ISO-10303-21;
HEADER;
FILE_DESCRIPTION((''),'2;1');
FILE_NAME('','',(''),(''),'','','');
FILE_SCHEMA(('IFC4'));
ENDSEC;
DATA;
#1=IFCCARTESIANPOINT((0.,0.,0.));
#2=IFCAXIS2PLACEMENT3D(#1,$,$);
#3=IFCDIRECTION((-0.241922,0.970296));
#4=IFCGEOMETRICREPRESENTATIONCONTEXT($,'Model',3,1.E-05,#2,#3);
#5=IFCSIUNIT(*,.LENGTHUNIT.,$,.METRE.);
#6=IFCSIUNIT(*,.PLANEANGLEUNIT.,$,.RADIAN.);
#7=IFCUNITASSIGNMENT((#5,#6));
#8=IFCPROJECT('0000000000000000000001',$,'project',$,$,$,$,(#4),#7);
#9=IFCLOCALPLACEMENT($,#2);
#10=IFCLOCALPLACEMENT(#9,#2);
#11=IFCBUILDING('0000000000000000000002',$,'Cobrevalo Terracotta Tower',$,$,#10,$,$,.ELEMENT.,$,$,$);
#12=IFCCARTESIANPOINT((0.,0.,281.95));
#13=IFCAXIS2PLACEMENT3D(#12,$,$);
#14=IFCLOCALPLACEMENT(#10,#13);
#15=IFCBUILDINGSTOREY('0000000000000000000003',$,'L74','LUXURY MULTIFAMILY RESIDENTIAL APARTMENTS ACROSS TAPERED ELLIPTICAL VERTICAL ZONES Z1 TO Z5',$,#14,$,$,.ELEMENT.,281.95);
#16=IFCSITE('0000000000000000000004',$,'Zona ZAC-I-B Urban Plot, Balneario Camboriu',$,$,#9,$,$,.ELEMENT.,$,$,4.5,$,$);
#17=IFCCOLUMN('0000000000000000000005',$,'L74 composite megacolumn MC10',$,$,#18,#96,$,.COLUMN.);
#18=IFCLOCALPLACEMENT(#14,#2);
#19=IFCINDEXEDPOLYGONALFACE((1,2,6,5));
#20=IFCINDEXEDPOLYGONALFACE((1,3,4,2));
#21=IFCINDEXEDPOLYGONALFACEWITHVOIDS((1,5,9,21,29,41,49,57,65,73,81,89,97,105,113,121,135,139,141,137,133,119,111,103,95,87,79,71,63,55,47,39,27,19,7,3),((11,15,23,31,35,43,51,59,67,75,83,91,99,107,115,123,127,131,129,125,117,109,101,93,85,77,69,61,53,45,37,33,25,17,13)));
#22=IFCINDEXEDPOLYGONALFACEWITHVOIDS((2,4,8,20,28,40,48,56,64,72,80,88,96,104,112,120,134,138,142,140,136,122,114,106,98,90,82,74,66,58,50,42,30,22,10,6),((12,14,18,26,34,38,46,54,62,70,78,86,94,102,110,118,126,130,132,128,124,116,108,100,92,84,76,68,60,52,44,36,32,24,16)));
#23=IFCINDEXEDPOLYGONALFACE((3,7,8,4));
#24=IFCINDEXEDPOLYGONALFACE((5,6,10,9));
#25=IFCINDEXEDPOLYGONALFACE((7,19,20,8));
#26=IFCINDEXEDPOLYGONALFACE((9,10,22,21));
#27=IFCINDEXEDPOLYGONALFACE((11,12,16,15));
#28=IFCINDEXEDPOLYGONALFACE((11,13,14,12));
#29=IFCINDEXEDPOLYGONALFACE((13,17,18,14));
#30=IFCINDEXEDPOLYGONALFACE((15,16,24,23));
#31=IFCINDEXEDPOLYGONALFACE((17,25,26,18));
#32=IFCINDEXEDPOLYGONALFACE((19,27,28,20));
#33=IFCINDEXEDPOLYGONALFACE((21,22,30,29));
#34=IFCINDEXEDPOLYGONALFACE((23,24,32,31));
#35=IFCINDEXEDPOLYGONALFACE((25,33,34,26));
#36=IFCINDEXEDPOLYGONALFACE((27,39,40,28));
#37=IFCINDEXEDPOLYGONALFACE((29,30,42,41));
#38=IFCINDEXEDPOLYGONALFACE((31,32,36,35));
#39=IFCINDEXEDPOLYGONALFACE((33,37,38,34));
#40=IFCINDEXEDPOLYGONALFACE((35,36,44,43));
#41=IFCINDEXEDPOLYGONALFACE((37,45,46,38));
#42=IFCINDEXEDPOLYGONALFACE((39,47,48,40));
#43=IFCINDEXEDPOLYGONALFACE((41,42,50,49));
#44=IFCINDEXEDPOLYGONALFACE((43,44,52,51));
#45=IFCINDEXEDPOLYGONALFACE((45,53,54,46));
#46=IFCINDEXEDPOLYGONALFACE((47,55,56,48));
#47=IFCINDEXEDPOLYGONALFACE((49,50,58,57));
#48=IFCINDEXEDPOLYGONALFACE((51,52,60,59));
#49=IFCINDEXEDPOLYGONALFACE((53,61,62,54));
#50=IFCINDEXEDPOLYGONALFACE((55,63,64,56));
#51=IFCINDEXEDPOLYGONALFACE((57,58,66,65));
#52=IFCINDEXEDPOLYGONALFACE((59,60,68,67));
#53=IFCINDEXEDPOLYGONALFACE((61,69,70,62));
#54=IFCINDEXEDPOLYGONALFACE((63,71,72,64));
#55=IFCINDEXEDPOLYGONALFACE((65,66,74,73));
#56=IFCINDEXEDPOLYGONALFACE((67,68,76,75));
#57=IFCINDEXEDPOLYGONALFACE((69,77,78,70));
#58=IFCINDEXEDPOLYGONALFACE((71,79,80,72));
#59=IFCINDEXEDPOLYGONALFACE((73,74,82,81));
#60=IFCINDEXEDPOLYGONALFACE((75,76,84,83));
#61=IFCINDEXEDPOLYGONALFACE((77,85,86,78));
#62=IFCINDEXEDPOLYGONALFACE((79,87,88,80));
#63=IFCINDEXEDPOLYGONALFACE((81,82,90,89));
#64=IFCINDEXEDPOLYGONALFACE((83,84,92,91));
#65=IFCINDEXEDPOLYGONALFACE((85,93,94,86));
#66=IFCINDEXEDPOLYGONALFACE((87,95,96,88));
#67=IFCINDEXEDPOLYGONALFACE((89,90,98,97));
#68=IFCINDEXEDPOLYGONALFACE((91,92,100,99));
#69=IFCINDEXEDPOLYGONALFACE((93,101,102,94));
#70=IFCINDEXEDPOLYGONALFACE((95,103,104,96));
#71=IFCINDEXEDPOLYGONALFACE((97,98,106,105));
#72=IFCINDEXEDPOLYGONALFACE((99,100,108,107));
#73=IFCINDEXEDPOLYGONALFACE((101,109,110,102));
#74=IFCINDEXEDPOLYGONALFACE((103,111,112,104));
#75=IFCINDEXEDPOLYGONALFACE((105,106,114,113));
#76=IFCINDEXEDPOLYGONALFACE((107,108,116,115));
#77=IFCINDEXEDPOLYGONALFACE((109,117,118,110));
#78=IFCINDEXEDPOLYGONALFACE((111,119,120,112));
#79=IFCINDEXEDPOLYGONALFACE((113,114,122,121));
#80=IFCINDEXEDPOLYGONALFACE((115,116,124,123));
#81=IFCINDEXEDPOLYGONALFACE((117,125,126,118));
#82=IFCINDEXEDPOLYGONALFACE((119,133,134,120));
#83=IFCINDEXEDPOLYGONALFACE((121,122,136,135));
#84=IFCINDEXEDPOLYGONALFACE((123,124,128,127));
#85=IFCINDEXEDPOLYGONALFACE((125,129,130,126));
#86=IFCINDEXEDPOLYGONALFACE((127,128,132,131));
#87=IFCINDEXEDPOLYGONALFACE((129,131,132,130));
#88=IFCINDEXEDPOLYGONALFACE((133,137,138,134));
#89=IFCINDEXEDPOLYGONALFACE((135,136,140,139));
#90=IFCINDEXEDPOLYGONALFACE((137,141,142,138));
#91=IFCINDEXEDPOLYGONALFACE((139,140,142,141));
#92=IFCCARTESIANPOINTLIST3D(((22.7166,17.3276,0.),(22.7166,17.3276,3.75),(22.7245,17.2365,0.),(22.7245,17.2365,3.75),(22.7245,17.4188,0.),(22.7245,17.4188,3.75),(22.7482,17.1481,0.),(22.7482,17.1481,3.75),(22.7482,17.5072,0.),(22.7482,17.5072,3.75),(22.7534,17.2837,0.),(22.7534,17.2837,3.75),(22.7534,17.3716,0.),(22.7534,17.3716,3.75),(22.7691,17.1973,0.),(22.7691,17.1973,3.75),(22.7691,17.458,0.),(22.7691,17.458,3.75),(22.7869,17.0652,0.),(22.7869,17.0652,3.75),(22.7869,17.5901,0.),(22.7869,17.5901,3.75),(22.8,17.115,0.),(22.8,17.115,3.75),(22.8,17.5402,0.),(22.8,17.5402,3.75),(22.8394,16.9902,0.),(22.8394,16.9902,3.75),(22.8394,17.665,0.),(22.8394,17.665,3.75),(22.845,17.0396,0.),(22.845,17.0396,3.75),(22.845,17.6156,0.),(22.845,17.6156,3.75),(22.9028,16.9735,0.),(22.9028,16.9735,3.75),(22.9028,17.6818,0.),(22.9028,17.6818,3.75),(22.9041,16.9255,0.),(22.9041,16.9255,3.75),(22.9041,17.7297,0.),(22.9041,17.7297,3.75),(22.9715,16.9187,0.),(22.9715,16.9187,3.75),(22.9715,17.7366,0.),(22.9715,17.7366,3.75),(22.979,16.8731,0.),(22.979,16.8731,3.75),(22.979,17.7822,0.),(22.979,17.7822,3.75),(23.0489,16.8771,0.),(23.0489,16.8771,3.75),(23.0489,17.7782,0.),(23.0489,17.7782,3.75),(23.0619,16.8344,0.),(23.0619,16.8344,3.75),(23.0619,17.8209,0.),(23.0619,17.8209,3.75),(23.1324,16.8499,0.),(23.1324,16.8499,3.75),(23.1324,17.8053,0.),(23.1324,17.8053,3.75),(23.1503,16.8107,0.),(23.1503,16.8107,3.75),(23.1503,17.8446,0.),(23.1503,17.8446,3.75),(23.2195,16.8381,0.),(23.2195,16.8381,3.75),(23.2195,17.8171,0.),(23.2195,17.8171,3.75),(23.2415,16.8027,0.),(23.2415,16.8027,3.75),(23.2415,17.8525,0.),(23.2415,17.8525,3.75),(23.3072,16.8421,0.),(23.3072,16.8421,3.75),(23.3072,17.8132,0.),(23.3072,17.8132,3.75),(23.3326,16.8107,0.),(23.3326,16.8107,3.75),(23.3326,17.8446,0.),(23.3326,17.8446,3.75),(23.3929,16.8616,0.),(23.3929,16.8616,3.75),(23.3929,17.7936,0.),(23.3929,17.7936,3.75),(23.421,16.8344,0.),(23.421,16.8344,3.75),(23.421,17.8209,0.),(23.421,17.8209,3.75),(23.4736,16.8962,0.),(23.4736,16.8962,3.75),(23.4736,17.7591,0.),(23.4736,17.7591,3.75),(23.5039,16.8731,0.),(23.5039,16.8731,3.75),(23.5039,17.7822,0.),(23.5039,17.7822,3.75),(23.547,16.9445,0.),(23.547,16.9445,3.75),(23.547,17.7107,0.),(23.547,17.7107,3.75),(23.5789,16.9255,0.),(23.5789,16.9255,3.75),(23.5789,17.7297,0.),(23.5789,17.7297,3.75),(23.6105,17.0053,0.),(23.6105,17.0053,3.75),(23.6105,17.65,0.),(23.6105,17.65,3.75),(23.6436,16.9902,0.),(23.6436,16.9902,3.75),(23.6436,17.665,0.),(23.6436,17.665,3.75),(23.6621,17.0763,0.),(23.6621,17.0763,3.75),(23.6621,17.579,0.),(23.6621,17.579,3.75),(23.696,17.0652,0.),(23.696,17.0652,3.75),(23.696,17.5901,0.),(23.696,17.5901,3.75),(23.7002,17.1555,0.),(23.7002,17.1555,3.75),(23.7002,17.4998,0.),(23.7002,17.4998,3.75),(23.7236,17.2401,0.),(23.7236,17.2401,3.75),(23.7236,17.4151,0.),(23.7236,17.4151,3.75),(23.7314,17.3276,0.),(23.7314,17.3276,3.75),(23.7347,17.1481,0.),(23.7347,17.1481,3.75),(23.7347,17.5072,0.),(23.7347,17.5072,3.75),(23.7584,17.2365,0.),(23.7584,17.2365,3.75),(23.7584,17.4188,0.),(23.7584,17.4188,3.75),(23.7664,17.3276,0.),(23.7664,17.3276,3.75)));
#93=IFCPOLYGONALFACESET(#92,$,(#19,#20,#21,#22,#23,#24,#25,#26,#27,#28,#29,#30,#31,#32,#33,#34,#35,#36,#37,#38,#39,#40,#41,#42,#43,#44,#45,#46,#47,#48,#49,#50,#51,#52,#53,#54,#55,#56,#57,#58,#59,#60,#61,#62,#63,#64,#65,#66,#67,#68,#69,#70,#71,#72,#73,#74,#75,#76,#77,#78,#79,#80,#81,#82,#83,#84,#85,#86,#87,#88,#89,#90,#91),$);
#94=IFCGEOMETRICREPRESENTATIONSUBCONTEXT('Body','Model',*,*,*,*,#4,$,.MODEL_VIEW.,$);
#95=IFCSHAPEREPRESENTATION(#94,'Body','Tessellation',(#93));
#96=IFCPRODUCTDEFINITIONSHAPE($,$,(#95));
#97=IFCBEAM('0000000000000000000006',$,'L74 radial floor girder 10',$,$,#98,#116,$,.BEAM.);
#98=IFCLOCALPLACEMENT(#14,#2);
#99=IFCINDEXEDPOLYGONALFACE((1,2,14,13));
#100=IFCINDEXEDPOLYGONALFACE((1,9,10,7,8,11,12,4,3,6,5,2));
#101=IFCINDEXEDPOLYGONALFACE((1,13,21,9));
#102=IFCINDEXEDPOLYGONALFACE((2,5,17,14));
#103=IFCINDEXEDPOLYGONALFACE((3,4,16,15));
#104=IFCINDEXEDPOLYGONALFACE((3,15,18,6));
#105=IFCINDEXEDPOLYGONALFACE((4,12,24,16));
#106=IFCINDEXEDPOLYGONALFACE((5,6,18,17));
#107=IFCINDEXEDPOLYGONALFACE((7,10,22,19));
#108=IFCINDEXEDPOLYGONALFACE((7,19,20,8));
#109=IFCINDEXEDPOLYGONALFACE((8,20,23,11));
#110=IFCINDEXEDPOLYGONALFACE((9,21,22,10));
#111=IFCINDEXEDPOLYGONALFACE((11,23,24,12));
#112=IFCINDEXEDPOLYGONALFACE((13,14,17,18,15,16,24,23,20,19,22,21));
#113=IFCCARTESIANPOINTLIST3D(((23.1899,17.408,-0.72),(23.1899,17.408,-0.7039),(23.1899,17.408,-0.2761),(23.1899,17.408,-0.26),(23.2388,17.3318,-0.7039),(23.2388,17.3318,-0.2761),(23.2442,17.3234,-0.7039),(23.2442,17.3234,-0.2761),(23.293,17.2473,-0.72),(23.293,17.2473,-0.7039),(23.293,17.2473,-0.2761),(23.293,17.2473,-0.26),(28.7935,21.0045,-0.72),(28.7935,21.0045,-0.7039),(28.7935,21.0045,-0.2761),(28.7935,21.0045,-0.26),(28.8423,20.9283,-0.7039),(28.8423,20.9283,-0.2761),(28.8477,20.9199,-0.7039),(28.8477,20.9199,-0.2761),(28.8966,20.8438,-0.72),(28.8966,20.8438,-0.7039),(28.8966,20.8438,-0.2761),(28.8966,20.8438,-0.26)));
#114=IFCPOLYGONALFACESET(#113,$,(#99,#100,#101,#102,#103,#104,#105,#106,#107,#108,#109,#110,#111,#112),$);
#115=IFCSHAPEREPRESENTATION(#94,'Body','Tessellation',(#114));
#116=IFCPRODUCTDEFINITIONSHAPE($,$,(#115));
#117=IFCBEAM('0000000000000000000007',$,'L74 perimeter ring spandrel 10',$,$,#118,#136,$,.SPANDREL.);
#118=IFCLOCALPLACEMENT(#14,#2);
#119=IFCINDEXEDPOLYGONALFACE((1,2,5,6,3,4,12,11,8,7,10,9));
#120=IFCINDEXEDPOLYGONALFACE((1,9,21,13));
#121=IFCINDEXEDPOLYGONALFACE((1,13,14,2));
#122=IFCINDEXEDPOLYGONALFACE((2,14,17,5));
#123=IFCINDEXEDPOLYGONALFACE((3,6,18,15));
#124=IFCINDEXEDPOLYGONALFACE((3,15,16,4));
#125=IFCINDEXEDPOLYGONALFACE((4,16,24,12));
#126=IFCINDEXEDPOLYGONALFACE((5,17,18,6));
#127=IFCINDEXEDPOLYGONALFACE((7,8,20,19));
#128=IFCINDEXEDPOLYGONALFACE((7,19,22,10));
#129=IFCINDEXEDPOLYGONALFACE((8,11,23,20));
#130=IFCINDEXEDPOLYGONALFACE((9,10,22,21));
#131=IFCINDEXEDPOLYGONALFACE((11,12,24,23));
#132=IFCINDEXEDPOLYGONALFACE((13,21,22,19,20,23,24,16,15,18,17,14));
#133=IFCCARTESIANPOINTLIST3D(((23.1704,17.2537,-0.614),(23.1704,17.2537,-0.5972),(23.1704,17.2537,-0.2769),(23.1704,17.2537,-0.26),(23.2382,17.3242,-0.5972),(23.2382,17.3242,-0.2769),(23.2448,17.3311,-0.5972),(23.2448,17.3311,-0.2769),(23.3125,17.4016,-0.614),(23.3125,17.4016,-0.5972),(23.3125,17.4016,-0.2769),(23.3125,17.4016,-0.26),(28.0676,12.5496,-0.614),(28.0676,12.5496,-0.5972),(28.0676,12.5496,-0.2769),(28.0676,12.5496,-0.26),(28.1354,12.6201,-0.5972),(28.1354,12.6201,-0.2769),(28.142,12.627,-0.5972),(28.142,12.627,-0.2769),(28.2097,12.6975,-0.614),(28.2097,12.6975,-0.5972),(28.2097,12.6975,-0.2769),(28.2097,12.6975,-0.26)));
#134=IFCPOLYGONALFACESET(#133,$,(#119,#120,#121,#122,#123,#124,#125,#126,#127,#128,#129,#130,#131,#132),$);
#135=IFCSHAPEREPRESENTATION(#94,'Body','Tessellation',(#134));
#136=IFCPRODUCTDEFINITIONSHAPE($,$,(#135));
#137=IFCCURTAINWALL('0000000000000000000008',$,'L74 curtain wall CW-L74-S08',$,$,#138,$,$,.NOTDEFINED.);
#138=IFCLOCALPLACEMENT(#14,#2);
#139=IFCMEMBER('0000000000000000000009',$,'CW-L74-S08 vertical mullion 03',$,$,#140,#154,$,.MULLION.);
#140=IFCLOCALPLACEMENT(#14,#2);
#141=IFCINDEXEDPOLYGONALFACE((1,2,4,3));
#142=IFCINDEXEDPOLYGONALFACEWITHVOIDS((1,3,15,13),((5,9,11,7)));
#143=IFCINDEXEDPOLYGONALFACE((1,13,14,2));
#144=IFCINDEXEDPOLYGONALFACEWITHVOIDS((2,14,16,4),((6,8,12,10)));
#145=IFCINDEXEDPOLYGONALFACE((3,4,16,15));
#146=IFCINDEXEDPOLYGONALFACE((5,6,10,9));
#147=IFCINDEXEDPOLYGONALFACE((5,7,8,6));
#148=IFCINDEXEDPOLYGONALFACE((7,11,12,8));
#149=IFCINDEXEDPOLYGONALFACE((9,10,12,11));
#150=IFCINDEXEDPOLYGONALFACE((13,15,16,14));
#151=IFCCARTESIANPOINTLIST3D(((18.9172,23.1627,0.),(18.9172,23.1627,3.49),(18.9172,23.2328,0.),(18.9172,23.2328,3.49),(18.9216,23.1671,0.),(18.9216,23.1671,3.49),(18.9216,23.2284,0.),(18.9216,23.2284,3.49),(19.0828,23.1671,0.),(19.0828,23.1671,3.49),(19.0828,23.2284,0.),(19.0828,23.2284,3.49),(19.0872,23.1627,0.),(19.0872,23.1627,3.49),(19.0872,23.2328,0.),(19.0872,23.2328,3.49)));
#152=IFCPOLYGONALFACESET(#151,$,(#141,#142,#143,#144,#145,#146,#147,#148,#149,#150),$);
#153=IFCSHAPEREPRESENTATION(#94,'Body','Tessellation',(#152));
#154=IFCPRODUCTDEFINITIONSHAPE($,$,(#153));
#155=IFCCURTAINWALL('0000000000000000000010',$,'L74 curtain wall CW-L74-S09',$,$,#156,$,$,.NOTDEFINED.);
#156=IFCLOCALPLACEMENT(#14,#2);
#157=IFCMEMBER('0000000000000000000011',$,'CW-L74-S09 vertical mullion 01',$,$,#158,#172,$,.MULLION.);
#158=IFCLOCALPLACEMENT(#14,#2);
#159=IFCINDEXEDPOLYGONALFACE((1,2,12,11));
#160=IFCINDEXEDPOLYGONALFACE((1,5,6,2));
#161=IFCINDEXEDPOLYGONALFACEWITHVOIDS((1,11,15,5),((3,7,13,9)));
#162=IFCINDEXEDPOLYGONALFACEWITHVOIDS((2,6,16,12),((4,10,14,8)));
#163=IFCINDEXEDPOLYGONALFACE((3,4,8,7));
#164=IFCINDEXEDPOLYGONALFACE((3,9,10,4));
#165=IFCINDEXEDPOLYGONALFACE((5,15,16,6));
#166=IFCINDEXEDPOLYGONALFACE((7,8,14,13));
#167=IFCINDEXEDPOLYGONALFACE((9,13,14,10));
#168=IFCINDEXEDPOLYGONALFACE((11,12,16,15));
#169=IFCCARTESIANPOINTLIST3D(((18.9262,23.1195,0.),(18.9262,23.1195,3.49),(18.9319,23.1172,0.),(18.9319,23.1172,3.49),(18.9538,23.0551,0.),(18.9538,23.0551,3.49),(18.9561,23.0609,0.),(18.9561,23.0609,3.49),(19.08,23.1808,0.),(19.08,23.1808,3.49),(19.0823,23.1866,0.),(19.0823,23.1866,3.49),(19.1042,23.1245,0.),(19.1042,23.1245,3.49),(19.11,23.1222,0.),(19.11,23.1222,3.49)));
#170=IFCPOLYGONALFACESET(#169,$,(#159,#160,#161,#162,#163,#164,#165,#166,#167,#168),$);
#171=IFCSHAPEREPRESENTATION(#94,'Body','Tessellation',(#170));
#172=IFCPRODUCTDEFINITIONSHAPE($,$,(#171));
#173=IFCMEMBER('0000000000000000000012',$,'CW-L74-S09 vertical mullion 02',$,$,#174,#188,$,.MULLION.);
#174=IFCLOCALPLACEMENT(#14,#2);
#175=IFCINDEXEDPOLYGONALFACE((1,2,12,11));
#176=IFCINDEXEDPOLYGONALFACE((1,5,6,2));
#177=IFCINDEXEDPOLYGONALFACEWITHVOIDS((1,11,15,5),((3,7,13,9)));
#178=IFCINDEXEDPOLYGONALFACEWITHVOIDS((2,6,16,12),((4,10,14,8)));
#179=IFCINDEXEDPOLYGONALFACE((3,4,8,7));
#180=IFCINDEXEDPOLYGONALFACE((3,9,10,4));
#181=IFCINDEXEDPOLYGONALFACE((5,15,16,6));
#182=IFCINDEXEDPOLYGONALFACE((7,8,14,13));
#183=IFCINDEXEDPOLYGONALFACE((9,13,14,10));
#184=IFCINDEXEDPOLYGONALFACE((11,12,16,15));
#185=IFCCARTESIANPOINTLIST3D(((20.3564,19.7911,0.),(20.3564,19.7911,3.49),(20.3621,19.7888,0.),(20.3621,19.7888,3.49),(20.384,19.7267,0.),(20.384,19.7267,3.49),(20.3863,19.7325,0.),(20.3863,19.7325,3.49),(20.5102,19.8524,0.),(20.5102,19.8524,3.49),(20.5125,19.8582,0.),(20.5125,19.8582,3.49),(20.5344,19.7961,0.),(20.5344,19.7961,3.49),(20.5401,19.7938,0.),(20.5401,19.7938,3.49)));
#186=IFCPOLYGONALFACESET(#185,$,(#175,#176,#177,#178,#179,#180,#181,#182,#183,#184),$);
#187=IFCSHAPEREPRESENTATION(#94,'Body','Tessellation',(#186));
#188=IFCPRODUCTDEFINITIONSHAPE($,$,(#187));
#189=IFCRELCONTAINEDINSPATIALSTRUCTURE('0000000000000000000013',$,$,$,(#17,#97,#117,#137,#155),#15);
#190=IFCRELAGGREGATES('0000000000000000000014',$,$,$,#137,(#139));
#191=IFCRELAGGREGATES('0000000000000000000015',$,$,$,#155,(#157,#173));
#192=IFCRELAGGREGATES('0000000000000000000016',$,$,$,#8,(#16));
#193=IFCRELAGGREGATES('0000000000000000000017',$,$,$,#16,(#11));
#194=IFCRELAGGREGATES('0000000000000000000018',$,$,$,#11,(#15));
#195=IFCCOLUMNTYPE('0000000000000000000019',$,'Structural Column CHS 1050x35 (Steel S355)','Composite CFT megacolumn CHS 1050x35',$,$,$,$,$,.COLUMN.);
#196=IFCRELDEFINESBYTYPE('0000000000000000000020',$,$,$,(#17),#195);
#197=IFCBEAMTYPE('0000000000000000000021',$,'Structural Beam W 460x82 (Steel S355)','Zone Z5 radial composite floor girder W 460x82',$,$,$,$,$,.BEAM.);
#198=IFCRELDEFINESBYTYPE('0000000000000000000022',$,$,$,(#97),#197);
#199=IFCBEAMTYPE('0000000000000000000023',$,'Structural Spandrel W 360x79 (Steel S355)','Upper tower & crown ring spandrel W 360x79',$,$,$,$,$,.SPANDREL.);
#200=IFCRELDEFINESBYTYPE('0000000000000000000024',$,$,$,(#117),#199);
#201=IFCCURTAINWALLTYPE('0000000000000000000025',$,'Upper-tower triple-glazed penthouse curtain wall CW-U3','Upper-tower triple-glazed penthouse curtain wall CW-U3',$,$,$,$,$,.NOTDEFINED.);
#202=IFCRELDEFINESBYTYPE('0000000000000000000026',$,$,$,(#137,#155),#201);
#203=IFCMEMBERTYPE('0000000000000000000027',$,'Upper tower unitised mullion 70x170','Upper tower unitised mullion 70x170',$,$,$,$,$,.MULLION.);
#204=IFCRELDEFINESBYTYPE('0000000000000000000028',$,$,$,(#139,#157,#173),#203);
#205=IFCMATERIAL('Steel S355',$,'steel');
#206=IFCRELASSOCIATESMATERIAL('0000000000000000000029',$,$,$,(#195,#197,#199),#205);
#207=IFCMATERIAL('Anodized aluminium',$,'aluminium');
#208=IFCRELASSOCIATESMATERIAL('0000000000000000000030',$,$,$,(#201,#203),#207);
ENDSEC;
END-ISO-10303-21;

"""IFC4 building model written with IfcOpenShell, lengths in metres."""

from ifc_helpers import new_model, si_unit, direction, frame, origin, origin_2d, place, context, subcontext, project, spatial, hollow_rectangle, hollow_circle, i_section, extrude, source, transform, mapped, material, material_profile, profile_set, type_object, element, aggregate, save


model = new_model("IFC4")

# Units and contexts
model_context = context("Model", 3, precision=1e-05, world=origin(), true_north=direction((-0.241922, 0.970296)))
body_context = subcontext(model_context, "Body", "Model", "MODEL_VIEW")
ifc_project = project(units=[si_unit("LENGTHUNIT", "METRE"), si_unit("PLANEANGLEUNIT", "RADIAN")], contexts=[model_context])

# Site, building, storey
site_placement = place(None, origin())
site = spatial("IfcSite", under=ifc_project, at=site_placement, Name="Zona ZAC-I-B Urban Plot, Balneario Camboriu", CompositionType="ELEMENT", RefElevation=4.5)
building_placement = place(site_placement, origin())
building = spatial("IfcBuilding", under=site, at=building_placement, Name="Cobrevalo Terracotta Tower", CompositionType="ELEMENT")
storey_placement = place(building_placement, frame((0.0, 0.0, 281.95)))
storey = spatial("IfcBuildingStorey", under=building, at=storey_placement, Name="L74", Description="LUXURY MULTIFAMILY RESIDENTIAL APARTMENTS ACROSS TAPERED ELLIPTICAL VERTICAL ZONES Z1 TO Z5", CompositionType="ELEMENT", Elevation=281.95)

# Column
ifc_material_1 = material(Name="Steel S355", Category="steel")
ifc_material_profile_1 = material_profile(ifc_material_1, hollow_circle(Radius=0.5249, WallThickness=0.0349, at=origin_2d()), Name="CHS 1050x35")
ifc_profile_set_1 = profile_set([ifc_material_profile_1], Name="Steel S355")
column_type = type_object("IfcColumnType", Name="Structural Column CHS 1050x35 (Steel S355)", Description="Composite CFT megacolumn CHS 1050x35", PredefinedType="COLUMN", material=ifc_profile_set_1)
column_placement = place(storey_placement, frame((23.2415, 17.3276, 0.0), z_axis=(0.0, 0.0, 1.0), x_axis=(1.0, 0.0, 0.0)))
element("IfcColumn", 1, at=column_placement, inside=storey, type_object=column_type, Name="L74 composite megacolumn MC10", PredefinedType="COLUMN", context=body_context, shape_type="SweptSolid", body=[
    extrude(hollow_circle(Radius=0.5249, WallThickness=0.0349, at=origin_2d()), origin(), (0.0, 0.0, 1.0), 3.75),
])

# Beams
ifc_material_profile_2 = material_profile(ifc_material_1, i_section(OverallWidth=0.1909, OverallDepth=0.46, WebThickness=0.01, FlangeThickness=0.0161, at=origin_2d()), Name="W 460x82")
ifc_profile_set_2 = profile_set([ifc_material_profile_2], Name="Steel S355")
beam_type_1 = type_object("IfcBeamType", Name="Structural Beam W 460x82 (Steel S355)", Description="Zone Z5 radial composite floor girder W 460x82", PredefinedType="BEAM", material=ifc_profile_set_2)
beam_1_placement = place(storey_placement, frame((23.2415, 17.3276, -0.49), z_axis=(0.841576, 0.540138, 0.0), x_axis=(-0.540138, 0.841576, 0.0)))
element("IfcBeam", 2, at=beam_1_placement, inside=storey, type_object=beam_type_1, Name="L74 radial floor girder 10", PredefinedType="BEAM", context=body_context, shape_type="SweptSolid", body=[
    extrude(i_section(OverallWidth=0.1909, OverallDepth=0.46, WebThickness=0.01, FlangeThickness=0.0161, at=origin_2d()), origin(), (0.0, 0.0, 1.0), 6.6584),
])
ifc_material_profile_3 = material_profile(ifc_material_1, i_section(OverallWidth=0.2051, OverallDepth=0.354, WebThickness=0.0095, FlangeThickness=0.0168, at=origin_2d()), Name="W 360x79")
ifc_profile_set_3 = profile_set([ifc_material_profile_3], Name="Steel S355")
beam_type_2 = type_object("IfcBeamType", Name="Structural Spandrel W 360x79 (Steel S355)", Description="Upper tower & crown ring spandrel W 360x79", PredefinedType="SPANDREL", material=ifc_profile_set_3)
beam_2_placement = place(storey_placement, frame((23.2415, 17.3276, -0.437), z_axis=(0.721183, -0.692744, 0.0), x_axis=(0.692744, 0.721183, 0.0)))
element("IfcBeam", 3, at=beam_2_placement, inside=storey, type_object=beam_type_2, Name="L74 perimeter ring spandrel 10", PredefinedType="SPANDREL", context=body_context, shape_type="SweptSolid", body=[
    extrude(i_section(OverallWidth=0.2051, OverallDepth=0.354, WebThickness=0.0095, FlangeThickness=0.0168, at=origin_2d()), origin(), (0.0, 0.0, 1.0), 6.7905),
])

# Curtain wall, member
ifc_material_2 = material(Name="Anodized aluminium", Category="aluminium")
curtain_wall_type = type_object("IfcCurtainWallType", Name="Upper-tower triple-glazed penthouse curtain wall CW-U3", Description="Upper-tower triple-glazed penthouse curtain wall CW-U3", PredefinedType="NOTDEFINED", material=ifc_material_2)
curtain_wall_1_placement = place(storey_placement, origin())
curtain_wall_1 = element("IfcCurtainWall", 4, at=curtain_wall_1_placement, inside=storey, type_object=curtain_wall_type, Name="L74 curtain wall CW-L74-S08", PredefinedType="NOTDEFINED")
ifc_material_profile_4 = material_profile(ifc_material_2, hollow_rectangle(XDim=0.0701, YDim=0.1699, WallThickness=0.0044, at=origin_2d()), Name="CWM 70x170")
ifc_profile_set_4 = profile_set([ifc_material_profile_4], Name="Anodized aluminium")
member_type_1 = type_object("IfcMemberType", Name="Upper tower unitised mullion 70x170", Description="Upper tower unitised mullion 70x170", PredefinedType="MULLION", material=ifc_profile_set_4)
shared_shape_1 = source(origin(), body_context, "Body", "SweptSolid", [
    extrude(hollow_rectangle(XDim=0.0701, YDim=0.1699, WallThickness=0.0044, at=origin_2d()), origin(), (0.0, 0.0, 1.0), 3.49),
])
member_1_placement = place(storey_placement, frame((19.0022, 23.1978, 0.0), z_axis=(0.0, 0.0, 1.0), x_axis=(0.0, -1.0, 0.0)))
member_1 = element("IfcMember", 5, at=member_1_placement, type_object=member_type_1, Name="CW-L74-S08 vertical mullion 03", PredefinedType="MULLION", context=body_context, shape_type="MappedRepresentation", body=[
    mapped(shared_shape_1, transform((0.0, 0.0, 0.0), scale=1.0)),
])
aggregate(curtain_wall_1, [member_1])

# Curtain wall, members
curtain_wall_2_placement = place(storey_placement, origin())
curtain_wall_2 = element("IfcCurtainWall", 6, at=curtain_wall_2_placement, inside=storey, type_object=curtain_wall_type, Name="L74 curtain wall CW-L74-S09", PredefinedType="NOTDEFINED")
member_2_placement = place(storey_placement, frame((19.0181, 23.1208, 0.0), z_axis=(0.0, 0.0, 1.0), x_axis=(0.394824, -0.918757, 0.0)))
member_2 = element("IfcMember", 7, at=member_2_placement, type_object=member_type_1, Name="CW-L74-S09 vertical mullion 01", PredefinedType="MULLION", context=body_context, shape_type="MappedRepresentation", body=[
    mapped(shared_shape_1, transform((0.0, 0.0, 0.0), scale=1.0)),
])
member_3_placement = place(storey_placement, frame((20.4482, 19.7925, 0.0), z_axis=(0.0, 0.0, 1.0), x_axis=(0.394824, -0.918757, 0.0)))
member_3 = element("IfcMember", 8, at=member_3_placement, type_object=member_type_1, Name="CW-L74-S09 vertical mullion 02", PredefinedType="MULLION", context=body_context, shape_type="MappedRepresentation", body=[
    mapped(shared_shape_1, transform((0.0, 0.0, 0.0), scale=1.0)),
])
aggregate(curtain_wall_2, [member_2, member_3])

save(model, "model.ifc")
